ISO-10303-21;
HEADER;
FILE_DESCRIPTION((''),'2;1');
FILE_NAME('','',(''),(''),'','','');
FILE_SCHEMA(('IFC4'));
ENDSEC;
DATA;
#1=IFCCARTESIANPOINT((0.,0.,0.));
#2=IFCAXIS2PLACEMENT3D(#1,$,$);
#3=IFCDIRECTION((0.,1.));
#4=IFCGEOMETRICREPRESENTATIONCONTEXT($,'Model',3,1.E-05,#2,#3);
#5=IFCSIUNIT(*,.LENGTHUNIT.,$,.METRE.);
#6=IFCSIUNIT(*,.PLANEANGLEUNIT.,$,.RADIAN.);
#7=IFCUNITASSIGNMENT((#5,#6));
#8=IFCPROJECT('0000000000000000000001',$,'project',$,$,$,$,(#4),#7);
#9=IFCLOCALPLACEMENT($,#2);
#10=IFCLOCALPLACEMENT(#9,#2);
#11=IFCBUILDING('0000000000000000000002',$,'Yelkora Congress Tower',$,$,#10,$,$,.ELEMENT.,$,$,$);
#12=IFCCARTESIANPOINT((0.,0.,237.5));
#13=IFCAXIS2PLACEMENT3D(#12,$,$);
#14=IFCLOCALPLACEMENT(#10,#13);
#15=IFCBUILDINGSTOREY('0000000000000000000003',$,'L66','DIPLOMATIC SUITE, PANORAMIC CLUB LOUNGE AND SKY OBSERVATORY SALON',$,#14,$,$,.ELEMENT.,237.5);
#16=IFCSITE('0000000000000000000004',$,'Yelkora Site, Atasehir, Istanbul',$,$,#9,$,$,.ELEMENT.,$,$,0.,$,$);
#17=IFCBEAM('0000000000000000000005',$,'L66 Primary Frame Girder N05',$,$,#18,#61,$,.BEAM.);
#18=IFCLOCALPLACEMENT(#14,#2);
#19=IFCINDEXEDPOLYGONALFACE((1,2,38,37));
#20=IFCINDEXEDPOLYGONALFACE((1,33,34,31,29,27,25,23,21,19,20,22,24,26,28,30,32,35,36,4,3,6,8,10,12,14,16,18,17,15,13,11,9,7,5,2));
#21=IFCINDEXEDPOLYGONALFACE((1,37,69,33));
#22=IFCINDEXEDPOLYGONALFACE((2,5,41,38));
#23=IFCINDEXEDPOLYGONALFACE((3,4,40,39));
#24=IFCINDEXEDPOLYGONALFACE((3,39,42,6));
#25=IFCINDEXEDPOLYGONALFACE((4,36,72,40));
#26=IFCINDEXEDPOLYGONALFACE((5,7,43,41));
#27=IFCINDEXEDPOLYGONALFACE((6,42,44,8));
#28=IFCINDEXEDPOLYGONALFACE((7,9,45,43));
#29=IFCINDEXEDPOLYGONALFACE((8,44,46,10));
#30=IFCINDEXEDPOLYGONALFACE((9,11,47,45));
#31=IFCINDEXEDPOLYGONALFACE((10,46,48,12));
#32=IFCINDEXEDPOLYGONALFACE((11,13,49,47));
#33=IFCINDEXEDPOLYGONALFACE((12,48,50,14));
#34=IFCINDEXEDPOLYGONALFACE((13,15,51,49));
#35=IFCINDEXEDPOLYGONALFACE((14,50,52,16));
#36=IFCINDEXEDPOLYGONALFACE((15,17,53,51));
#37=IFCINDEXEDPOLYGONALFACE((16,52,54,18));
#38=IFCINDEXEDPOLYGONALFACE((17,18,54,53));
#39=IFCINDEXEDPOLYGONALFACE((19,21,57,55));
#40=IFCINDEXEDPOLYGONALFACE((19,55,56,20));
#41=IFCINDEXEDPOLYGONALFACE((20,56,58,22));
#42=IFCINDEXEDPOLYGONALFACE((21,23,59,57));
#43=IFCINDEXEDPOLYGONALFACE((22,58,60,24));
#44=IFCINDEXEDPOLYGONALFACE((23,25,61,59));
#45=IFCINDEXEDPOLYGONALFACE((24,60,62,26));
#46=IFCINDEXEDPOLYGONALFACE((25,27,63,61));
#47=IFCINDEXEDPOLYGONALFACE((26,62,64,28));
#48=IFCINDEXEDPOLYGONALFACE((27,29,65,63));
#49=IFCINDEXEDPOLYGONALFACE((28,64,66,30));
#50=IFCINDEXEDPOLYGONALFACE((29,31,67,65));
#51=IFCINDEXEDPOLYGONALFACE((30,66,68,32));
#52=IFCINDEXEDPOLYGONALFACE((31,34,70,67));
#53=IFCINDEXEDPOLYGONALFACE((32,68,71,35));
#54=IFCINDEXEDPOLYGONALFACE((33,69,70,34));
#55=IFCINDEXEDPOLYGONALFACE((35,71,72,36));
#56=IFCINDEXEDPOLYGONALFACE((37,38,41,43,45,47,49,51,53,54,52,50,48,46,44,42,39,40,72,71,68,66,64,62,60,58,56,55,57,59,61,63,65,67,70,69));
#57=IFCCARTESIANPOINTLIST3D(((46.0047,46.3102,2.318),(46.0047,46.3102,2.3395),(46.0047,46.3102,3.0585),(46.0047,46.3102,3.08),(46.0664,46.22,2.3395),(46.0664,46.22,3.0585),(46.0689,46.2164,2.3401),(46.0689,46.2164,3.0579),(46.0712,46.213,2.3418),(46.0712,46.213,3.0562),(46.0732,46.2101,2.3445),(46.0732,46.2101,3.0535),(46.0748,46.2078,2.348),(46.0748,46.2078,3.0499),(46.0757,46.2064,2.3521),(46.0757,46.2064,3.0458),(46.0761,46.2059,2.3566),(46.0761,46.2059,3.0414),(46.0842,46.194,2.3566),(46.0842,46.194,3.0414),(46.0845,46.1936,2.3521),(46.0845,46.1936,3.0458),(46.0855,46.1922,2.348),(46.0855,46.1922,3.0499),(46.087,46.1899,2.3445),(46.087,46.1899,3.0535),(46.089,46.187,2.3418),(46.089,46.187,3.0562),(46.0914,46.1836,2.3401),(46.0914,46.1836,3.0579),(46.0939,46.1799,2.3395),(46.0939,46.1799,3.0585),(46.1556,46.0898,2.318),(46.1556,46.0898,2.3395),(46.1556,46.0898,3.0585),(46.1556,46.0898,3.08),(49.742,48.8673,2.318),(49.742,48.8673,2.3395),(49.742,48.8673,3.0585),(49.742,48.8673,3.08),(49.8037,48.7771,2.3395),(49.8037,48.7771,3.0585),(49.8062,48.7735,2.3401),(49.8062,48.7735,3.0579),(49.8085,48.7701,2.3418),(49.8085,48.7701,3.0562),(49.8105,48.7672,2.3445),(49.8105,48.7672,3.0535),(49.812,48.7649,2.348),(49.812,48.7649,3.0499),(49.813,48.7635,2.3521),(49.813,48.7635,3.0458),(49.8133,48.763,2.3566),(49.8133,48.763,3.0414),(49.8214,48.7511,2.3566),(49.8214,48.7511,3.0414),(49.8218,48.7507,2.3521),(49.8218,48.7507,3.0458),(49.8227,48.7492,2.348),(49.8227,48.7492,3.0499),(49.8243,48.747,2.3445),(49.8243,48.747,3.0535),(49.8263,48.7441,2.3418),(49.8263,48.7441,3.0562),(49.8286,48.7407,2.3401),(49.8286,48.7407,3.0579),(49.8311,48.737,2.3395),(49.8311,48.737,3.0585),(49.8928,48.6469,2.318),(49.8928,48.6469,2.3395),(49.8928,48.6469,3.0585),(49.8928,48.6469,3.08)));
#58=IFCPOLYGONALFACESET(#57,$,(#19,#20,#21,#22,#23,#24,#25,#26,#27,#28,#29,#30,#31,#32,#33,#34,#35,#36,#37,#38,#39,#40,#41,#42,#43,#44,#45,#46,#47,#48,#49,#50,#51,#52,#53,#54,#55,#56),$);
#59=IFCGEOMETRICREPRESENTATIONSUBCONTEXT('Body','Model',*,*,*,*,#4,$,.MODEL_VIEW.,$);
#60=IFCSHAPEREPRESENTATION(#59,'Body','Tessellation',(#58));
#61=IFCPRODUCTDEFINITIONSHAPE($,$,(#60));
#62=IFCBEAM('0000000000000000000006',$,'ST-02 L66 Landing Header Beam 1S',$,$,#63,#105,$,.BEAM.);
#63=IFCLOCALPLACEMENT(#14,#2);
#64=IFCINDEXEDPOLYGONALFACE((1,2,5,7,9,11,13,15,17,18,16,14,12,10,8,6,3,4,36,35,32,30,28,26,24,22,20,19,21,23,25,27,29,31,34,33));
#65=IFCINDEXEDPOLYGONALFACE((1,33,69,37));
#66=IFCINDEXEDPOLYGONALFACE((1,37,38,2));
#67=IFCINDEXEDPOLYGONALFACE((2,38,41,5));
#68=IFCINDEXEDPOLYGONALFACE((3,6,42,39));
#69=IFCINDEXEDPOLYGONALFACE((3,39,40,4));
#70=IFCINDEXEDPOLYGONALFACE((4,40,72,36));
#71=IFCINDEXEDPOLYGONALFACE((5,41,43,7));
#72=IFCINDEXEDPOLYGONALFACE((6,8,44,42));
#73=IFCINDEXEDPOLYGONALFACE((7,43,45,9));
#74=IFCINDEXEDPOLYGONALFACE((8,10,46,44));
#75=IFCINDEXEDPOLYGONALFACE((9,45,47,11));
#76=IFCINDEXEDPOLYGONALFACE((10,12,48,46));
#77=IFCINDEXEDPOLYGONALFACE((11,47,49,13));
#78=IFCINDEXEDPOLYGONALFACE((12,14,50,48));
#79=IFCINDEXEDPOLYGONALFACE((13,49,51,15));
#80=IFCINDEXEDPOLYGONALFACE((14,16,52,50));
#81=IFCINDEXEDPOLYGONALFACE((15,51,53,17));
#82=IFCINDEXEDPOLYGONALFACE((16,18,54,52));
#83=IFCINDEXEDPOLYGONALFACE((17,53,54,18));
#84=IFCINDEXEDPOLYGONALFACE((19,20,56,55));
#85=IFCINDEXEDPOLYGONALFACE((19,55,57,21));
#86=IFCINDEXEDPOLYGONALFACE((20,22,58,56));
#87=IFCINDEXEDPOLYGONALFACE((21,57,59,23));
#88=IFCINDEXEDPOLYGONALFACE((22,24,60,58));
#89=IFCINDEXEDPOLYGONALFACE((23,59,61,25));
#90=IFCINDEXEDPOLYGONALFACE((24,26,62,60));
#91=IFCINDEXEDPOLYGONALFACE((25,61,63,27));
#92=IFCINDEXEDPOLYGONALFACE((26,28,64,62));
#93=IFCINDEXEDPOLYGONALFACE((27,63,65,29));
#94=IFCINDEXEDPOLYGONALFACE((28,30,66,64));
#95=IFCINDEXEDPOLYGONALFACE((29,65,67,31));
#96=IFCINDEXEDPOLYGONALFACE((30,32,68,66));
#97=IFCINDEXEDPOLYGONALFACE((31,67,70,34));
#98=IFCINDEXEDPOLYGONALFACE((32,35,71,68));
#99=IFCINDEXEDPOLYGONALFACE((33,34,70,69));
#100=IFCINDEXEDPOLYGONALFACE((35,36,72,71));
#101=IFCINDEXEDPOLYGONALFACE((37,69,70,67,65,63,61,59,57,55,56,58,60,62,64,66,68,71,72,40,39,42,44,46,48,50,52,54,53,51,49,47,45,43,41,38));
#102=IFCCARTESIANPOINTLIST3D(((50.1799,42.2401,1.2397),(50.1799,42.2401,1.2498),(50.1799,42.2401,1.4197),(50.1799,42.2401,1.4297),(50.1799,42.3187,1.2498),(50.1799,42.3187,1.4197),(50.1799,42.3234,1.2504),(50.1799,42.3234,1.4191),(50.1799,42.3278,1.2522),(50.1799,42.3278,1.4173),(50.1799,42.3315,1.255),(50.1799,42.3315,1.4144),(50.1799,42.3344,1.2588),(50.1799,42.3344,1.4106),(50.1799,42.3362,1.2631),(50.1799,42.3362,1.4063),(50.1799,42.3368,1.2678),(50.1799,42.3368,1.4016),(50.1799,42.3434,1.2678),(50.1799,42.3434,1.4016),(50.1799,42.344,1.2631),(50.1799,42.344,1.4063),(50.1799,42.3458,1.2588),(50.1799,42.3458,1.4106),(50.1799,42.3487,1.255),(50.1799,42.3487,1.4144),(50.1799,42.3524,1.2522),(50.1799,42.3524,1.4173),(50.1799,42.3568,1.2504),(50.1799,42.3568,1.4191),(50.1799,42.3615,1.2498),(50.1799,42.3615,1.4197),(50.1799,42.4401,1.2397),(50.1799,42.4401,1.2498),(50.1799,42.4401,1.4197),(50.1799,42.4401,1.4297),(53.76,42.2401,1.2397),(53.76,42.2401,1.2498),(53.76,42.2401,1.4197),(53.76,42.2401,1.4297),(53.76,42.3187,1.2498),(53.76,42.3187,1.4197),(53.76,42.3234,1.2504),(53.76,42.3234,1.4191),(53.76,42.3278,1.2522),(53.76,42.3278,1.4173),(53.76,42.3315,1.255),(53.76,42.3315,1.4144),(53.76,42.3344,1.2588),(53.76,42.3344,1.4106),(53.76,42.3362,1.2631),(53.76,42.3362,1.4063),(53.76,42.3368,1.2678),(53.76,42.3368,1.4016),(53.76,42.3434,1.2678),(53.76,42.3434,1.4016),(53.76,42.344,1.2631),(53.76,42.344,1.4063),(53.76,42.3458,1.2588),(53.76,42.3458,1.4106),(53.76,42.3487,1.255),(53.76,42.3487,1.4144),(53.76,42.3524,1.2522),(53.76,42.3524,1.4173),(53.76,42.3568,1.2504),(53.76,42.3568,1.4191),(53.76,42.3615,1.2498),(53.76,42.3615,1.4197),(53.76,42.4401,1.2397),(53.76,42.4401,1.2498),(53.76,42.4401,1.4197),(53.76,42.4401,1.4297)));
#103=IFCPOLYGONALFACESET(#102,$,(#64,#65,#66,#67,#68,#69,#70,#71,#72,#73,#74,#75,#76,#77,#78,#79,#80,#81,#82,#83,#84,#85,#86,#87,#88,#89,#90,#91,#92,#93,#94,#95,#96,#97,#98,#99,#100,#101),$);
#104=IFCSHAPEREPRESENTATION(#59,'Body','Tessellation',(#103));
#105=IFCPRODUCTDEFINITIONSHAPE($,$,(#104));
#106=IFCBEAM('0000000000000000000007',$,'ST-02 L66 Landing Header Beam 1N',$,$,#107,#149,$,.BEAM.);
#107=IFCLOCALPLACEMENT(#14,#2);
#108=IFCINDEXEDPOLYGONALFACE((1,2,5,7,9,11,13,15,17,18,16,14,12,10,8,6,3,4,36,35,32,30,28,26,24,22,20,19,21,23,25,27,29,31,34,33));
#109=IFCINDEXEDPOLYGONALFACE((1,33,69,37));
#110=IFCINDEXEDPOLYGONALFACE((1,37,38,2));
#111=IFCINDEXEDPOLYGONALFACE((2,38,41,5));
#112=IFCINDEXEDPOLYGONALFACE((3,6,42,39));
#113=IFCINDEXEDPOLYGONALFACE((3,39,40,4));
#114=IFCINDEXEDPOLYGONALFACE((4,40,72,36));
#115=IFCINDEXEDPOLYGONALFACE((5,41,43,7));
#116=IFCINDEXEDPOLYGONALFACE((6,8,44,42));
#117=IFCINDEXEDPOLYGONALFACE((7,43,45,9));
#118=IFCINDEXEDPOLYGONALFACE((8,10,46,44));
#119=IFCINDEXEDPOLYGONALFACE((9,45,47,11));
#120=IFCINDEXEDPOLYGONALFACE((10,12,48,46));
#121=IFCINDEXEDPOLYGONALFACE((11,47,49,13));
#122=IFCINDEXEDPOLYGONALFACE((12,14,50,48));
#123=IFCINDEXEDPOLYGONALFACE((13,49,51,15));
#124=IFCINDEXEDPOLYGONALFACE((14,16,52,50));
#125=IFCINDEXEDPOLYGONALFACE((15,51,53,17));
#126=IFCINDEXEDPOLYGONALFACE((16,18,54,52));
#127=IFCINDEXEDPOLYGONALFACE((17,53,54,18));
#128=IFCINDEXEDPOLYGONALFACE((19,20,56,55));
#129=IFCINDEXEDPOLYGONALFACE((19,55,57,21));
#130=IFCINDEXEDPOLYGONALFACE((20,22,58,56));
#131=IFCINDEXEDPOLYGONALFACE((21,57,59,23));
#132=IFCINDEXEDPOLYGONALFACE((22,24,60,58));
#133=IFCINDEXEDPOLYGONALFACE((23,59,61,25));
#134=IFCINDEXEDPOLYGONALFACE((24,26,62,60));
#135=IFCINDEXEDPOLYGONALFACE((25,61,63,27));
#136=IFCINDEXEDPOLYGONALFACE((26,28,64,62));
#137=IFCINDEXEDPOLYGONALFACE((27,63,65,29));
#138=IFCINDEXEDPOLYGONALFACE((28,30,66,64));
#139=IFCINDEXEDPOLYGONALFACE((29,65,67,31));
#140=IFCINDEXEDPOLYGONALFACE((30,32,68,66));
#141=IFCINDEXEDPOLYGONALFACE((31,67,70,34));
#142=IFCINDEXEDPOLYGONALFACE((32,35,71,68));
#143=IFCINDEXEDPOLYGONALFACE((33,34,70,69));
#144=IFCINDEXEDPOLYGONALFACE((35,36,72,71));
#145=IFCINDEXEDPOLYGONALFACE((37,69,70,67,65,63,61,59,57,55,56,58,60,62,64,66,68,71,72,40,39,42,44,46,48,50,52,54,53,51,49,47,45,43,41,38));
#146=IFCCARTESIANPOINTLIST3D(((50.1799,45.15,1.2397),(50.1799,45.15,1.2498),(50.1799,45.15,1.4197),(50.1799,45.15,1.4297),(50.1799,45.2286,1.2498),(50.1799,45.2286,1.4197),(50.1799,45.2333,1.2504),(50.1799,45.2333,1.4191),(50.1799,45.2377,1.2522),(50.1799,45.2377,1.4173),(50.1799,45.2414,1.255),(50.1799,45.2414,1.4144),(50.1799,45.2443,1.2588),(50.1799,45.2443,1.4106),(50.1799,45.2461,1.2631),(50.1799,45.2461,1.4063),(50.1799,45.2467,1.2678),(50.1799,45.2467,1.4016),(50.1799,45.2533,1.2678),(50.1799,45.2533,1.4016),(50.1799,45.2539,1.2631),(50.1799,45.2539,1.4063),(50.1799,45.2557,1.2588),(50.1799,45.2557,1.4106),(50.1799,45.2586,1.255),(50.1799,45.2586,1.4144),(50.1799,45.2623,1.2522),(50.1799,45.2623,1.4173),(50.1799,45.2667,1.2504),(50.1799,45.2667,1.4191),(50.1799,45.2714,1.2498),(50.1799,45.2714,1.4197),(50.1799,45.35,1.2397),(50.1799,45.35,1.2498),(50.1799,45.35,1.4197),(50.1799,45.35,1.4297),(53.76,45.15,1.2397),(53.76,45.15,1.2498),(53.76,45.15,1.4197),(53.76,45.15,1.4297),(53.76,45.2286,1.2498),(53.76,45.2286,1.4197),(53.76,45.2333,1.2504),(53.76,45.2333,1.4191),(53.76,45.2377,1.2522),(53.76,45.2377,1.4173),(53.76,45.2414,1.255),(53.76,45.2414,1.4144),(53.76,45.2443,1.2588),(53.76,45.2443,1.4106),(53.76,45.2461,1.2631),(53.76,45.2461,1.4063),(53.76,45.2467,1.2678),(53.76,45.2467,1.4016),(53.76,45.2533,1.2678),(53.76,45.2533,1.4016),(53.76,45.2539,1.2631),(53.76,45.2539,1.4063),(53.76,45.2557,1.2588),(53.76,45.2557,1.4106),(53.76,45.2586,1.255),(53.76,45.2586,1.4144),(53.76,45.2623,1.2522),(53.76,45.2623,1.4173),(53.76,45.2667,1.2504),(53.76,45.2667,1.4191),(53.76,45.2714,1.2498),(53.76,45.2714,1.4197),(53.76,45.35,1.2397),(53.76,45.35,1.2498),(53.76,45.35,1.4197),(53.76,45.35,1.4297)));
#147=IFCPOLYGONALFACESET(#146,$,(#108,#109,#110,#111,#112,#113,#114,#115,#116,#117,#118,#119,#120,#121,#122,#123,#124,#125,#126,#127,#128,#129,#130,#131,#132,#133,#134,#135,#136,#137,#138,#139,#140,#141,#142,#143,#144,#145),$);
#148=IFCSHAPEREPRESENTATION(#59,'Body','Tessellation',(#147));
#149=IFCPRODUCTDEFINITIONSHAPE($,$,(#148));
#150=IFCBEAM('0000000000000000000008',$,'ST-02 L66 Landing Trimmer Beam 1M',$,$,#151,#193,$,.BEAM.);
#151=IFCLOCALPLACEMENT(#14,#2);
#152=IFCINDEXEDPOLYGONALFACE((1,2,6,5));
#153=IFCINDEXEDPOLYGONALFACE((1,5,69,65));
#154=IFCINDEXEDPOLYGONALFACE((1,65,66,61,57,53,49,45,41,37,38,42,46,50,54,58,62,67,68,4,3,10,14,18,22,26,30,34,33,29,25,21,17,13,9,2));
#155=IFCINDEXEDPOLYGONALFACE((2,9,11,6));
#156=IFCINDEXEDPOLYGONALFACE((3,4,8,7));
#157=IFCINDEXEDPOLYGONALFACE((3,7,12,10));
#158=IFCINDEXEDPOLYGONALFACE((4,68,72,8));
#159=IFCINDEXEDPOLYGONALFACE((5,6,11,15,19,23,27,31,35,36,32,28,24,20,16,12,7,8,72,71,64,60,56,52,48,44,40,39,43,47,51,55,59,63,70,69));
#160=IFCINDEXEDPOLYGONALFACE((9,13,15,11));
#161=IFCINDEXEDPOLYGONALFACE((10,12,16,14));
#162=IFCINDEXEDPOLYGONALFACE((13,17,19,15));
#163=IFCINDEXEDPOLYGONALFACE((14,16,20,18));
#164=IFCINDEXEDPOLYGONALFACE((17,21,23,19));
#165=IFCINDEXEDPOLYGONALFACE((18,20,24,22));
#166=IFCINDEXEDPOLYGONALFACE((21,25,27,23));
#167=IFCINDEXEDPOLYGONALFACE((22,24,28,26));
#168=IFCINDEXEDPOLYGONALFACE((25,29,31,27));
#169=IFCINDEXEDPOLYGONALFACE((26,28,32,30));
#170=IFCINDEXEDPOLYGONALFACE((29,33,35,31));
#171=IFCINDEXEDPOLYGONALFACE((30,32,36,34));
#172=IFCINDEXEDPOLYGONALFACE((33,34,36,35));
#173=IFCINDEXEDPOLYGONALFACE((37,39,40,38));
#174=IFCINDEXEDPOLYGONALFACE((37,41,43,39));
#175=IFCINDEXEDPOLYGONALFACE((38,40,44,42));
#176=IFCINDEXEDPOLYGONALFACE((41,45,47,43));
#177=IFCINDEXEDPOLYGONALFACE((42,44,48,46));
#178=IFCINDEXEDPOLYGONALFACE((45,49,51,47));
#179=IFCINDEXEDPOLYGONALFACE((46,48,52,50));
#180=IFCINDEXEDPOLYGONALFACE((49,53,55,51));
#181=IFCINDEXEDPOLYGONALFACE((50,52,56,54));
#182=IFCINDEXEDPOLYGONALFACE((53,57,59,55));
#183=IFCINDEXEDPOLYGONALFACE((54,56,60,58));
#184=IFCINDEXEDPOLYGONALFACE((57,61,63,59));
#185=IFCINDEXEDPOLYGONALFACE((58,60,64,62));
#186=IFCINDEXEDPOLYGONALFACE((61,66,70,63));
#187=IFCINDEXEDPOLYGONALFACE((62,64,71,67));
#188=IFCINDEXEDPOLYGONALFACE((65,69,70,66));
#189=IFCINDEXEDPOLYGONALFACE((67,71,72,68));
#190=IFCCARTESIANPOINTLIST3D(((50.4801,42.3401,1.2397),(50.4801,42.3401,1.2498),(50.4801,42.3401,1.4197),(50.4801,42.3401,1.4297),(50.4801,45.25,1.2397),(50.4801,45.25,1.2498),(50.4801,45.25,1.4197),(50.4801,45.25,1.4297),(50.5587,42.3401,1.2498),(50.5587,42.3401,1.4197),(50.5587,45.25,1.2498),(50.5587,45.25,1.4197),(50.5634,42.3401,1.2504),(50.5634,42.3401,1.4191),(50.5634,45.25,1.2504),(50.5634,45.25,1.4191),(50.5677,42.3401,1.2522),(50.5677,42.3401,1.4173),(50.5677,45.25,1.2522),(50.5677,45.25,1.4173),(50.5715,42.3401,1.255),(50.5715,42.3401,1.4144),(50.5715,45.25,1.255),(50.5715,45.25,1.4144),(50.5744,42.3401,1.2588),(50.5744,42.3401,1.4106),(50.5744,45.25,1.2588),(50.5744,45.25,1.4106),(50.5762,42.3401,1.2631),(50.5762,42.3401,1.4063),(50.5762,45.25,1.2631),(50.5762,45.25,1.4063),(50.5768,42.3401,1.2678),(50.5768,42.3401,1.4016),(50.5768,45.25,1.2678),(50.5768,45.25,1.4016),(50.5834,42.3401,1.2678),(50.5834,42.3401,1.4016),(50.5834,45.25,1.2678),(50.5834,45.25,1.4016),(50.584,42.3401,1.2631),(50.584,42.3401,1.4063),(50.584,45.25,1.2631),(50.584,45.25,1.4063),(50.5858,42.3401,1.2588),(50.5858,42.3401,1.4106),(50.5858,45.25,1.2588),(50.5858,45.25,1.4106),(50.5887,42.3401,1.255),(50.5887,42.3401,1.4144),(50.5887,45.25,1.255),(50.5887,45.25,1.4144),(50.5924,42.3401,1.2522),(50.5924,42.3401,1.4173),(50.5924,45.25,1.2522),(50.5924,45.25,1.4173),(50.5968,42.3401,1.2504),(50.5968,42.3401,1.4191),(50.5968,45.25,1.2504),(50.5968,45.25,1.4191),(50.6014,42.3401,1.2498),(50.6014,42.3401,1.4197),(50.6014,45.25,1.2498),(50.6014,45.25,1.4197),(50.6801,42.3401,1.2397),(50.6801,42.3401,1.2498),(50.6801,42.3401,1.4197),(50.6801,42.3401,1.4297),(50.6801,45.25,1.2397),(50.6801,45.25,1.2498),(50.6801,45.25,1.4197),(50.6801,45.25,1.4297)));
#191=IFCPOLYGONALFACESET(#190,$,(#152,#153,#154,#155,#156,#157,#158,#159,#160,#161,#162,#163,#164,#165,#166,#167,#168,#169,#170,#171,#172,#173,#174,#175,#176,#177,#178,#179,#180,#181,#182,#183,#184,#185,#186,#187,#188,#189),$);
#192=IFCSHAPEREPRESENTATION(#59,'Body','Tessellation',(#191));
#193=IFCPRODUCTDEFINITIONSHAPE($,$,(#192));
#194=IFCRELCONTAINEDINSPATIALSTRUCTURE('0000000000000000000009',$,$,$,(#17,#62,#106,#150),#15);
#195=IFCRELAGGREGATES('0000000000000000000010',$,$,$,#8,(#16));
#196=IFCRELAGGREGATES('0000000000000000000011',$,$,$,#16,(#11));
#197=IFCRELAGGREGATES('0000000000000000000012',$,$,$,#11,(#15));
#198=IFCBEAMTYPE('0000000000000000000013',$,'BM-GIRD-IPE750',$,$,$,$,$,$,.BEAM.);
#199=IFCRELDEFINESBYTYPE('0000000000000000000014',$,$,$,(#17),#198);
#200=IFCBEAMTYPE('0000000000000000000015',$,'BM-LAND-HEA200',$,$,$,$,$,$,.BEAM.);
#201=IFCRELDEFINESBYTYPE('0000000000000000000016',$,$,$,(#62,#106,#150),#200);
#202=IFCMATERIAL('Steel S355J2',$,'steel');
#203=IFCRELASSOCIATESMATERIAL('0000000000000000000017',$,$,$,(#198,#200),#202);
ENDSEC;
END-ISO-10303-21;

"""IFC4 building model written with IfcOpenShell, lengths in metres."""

from ifc_helpers import new_model, si_unit, direction, frame, origin, origin_2d, place, context, subcontext, project, spatial, i_section, extrude, material, material_profile, profile_set, type_object, element, save


model = new_model("IFC4")

# Units and contexts
model_context = context("Model", 3, precision=1e-05, world=origin(), true_north=direction((0.0, 1.0)))
body_context = subcontext(model_context, "Body", "Model", "MODEL_VIEW")
ifc_project = project(units=[si_unit("LENGTHUNIT", "METRE"), si_unit("PLANEANGLEUNIT", "RADIAN")], contexts=[model_context])

# Site, building, storey
site_placement = place(None, origin())
site = spatial("IfcSite", under=ifc_project, at=site_placement, Name="Yelkora Site, Atasehir, Istanbul", CompositionType="ELEMENT", RefElevation=0.0)
building_placement = place(site_placement, origin())
building = spatial("IfcBuilding", under=site, at=building_placement, Name="Yelkora Congress Tower", CompositionType="ELEMENT")
storey_placement = place(building_placement, frame((0.0, 0.0, 237.5)))
storey = spatial("IfcBuildingStorey", under=building, at=storey_placement, Name="L66", Description="DIPLOMATIC SUITE, PANORAMIC CLUB LOUNGE AND SKY OBSERVATORY SALON", CompositionType="ELEMENT", Elevation=237.5)

# Shared definitions
ifc_material_1 = material(Name="Steel S355J2", Category="steel")

# Beams
ifc_material_profile_1 = material_profile(ifc_material_1, i_section(OverallWidth=0.2671, OverallDepth=0.762, WebThickness=0.0144, FlangeThickness=0.0215, FilletRadius=0.0171, at=origin_2d()), Name="IPE 750x173")
ifc_profile_set_1 = profile_set([ifc_material_profile_1], Name="Steel S355J2")
beam_type_1 = type_object("IfcBeamType", Name="BM-GIRD-IPE750", PredefinedType="BEAM", material=ifc_profile_set_1)
beam_1_placement = place(storey_placement, frame((49.8174, 48.7571, 2.699), z_axis=(-0.825305, -0.564688, 0.0), x_axis=(0.564688, -0.825305, 0.0)))
element("IfcBeam", 1, at=beam_1_placement, inside=storey, type_object=beam_type_1, Name="L66 Primary Frame Girder N05", PredefinedType="BEAM", context=body_context, shape_type="SweptSolid", body=[
    extrude(i_section(OverallWidth=0.2671, OverallDepth=0.762, WebThickness=0.0144, FlangeThickness=0.0215, FilletRadius=0.0171, at=origin_2d()), origin(), (0.0, 0.0, 1.0), 4.5283),
])
ifc_material_profile_2 = material_profile(ifc_material_1, i_section(OverallWidth=0.2, OverallDepth=0.1899, WebThickness=0.0066, FlangeThickness=0.01, FilletRadius=0.0181, at=origin_2d()), Name="HEA 200")
ifc_profile_set_2 = profile_set([ifc_material_profile_2], Name="Steel S355J2")
beam_type_2 = type_object("IfcBeamType", Name="BM-LAND-HEA200", PredefinedType="BEAM", material=ifc_profile_set_2)
for number, where, z_axis, x_axis, name in (
    (2, (50.1799, 42.3401, 1.3347), (1.0, 0.0, 0.0), (0.0, 1.0, 0.0), "ST-02 L66 Landing Header Beam 1S"),
    (3, (50.1799, 45.25, 1.3347), (1.0, 0.0, 0.0), (0.0, 1.0, 0.0), "ST-02 L66 Landing Header Beam 1N"),
):
    element("IfcBeam", number, at=place(storey_placement, frame(where, z_axis=z_axis, x_axis=x_axis)), inside=storey, type_object=beam_type_2, Name=name, PredefinedType="BEAM", context=body_context, shape_type="SweptSolid", body=[
        extrude(i_section(OverallWidth=0.2, OverallDepth=0.1899, WebThickness=0.0066, FlangeThickness=0.01, FilletRadius=0.0181, at=origin_2d()), origin(), (0.0, 0.0, 1.0), 3.5801),
    ])
beam_2_placement = place(storey_placement, frame((50.5801, 42.3401, 1.3347), z_axis=(0.0, 1.0, 0.0), x_axis=(-1.0, 0.0, 0.0)))
element("IfcBeam", 4, at=beam_2_placement, inside=storey, type_object=beam_type_2, Name="ST-02 L66 Landing Trimmer Beam 1M", PredefinedType="BEAM", context=body_context, shape_type="SweptSolid", body=[
    extrude(i_section(OverallWidth=0.2, OverallDepth=0.1899, WebThickness=0.0066, FlangeThickness=0.01, FilletRadius=0.0181, at=origin_2d()), origin(), (0.0, 0.0, 1.0), 2.9099),
])

save(model, "model.ifc")
